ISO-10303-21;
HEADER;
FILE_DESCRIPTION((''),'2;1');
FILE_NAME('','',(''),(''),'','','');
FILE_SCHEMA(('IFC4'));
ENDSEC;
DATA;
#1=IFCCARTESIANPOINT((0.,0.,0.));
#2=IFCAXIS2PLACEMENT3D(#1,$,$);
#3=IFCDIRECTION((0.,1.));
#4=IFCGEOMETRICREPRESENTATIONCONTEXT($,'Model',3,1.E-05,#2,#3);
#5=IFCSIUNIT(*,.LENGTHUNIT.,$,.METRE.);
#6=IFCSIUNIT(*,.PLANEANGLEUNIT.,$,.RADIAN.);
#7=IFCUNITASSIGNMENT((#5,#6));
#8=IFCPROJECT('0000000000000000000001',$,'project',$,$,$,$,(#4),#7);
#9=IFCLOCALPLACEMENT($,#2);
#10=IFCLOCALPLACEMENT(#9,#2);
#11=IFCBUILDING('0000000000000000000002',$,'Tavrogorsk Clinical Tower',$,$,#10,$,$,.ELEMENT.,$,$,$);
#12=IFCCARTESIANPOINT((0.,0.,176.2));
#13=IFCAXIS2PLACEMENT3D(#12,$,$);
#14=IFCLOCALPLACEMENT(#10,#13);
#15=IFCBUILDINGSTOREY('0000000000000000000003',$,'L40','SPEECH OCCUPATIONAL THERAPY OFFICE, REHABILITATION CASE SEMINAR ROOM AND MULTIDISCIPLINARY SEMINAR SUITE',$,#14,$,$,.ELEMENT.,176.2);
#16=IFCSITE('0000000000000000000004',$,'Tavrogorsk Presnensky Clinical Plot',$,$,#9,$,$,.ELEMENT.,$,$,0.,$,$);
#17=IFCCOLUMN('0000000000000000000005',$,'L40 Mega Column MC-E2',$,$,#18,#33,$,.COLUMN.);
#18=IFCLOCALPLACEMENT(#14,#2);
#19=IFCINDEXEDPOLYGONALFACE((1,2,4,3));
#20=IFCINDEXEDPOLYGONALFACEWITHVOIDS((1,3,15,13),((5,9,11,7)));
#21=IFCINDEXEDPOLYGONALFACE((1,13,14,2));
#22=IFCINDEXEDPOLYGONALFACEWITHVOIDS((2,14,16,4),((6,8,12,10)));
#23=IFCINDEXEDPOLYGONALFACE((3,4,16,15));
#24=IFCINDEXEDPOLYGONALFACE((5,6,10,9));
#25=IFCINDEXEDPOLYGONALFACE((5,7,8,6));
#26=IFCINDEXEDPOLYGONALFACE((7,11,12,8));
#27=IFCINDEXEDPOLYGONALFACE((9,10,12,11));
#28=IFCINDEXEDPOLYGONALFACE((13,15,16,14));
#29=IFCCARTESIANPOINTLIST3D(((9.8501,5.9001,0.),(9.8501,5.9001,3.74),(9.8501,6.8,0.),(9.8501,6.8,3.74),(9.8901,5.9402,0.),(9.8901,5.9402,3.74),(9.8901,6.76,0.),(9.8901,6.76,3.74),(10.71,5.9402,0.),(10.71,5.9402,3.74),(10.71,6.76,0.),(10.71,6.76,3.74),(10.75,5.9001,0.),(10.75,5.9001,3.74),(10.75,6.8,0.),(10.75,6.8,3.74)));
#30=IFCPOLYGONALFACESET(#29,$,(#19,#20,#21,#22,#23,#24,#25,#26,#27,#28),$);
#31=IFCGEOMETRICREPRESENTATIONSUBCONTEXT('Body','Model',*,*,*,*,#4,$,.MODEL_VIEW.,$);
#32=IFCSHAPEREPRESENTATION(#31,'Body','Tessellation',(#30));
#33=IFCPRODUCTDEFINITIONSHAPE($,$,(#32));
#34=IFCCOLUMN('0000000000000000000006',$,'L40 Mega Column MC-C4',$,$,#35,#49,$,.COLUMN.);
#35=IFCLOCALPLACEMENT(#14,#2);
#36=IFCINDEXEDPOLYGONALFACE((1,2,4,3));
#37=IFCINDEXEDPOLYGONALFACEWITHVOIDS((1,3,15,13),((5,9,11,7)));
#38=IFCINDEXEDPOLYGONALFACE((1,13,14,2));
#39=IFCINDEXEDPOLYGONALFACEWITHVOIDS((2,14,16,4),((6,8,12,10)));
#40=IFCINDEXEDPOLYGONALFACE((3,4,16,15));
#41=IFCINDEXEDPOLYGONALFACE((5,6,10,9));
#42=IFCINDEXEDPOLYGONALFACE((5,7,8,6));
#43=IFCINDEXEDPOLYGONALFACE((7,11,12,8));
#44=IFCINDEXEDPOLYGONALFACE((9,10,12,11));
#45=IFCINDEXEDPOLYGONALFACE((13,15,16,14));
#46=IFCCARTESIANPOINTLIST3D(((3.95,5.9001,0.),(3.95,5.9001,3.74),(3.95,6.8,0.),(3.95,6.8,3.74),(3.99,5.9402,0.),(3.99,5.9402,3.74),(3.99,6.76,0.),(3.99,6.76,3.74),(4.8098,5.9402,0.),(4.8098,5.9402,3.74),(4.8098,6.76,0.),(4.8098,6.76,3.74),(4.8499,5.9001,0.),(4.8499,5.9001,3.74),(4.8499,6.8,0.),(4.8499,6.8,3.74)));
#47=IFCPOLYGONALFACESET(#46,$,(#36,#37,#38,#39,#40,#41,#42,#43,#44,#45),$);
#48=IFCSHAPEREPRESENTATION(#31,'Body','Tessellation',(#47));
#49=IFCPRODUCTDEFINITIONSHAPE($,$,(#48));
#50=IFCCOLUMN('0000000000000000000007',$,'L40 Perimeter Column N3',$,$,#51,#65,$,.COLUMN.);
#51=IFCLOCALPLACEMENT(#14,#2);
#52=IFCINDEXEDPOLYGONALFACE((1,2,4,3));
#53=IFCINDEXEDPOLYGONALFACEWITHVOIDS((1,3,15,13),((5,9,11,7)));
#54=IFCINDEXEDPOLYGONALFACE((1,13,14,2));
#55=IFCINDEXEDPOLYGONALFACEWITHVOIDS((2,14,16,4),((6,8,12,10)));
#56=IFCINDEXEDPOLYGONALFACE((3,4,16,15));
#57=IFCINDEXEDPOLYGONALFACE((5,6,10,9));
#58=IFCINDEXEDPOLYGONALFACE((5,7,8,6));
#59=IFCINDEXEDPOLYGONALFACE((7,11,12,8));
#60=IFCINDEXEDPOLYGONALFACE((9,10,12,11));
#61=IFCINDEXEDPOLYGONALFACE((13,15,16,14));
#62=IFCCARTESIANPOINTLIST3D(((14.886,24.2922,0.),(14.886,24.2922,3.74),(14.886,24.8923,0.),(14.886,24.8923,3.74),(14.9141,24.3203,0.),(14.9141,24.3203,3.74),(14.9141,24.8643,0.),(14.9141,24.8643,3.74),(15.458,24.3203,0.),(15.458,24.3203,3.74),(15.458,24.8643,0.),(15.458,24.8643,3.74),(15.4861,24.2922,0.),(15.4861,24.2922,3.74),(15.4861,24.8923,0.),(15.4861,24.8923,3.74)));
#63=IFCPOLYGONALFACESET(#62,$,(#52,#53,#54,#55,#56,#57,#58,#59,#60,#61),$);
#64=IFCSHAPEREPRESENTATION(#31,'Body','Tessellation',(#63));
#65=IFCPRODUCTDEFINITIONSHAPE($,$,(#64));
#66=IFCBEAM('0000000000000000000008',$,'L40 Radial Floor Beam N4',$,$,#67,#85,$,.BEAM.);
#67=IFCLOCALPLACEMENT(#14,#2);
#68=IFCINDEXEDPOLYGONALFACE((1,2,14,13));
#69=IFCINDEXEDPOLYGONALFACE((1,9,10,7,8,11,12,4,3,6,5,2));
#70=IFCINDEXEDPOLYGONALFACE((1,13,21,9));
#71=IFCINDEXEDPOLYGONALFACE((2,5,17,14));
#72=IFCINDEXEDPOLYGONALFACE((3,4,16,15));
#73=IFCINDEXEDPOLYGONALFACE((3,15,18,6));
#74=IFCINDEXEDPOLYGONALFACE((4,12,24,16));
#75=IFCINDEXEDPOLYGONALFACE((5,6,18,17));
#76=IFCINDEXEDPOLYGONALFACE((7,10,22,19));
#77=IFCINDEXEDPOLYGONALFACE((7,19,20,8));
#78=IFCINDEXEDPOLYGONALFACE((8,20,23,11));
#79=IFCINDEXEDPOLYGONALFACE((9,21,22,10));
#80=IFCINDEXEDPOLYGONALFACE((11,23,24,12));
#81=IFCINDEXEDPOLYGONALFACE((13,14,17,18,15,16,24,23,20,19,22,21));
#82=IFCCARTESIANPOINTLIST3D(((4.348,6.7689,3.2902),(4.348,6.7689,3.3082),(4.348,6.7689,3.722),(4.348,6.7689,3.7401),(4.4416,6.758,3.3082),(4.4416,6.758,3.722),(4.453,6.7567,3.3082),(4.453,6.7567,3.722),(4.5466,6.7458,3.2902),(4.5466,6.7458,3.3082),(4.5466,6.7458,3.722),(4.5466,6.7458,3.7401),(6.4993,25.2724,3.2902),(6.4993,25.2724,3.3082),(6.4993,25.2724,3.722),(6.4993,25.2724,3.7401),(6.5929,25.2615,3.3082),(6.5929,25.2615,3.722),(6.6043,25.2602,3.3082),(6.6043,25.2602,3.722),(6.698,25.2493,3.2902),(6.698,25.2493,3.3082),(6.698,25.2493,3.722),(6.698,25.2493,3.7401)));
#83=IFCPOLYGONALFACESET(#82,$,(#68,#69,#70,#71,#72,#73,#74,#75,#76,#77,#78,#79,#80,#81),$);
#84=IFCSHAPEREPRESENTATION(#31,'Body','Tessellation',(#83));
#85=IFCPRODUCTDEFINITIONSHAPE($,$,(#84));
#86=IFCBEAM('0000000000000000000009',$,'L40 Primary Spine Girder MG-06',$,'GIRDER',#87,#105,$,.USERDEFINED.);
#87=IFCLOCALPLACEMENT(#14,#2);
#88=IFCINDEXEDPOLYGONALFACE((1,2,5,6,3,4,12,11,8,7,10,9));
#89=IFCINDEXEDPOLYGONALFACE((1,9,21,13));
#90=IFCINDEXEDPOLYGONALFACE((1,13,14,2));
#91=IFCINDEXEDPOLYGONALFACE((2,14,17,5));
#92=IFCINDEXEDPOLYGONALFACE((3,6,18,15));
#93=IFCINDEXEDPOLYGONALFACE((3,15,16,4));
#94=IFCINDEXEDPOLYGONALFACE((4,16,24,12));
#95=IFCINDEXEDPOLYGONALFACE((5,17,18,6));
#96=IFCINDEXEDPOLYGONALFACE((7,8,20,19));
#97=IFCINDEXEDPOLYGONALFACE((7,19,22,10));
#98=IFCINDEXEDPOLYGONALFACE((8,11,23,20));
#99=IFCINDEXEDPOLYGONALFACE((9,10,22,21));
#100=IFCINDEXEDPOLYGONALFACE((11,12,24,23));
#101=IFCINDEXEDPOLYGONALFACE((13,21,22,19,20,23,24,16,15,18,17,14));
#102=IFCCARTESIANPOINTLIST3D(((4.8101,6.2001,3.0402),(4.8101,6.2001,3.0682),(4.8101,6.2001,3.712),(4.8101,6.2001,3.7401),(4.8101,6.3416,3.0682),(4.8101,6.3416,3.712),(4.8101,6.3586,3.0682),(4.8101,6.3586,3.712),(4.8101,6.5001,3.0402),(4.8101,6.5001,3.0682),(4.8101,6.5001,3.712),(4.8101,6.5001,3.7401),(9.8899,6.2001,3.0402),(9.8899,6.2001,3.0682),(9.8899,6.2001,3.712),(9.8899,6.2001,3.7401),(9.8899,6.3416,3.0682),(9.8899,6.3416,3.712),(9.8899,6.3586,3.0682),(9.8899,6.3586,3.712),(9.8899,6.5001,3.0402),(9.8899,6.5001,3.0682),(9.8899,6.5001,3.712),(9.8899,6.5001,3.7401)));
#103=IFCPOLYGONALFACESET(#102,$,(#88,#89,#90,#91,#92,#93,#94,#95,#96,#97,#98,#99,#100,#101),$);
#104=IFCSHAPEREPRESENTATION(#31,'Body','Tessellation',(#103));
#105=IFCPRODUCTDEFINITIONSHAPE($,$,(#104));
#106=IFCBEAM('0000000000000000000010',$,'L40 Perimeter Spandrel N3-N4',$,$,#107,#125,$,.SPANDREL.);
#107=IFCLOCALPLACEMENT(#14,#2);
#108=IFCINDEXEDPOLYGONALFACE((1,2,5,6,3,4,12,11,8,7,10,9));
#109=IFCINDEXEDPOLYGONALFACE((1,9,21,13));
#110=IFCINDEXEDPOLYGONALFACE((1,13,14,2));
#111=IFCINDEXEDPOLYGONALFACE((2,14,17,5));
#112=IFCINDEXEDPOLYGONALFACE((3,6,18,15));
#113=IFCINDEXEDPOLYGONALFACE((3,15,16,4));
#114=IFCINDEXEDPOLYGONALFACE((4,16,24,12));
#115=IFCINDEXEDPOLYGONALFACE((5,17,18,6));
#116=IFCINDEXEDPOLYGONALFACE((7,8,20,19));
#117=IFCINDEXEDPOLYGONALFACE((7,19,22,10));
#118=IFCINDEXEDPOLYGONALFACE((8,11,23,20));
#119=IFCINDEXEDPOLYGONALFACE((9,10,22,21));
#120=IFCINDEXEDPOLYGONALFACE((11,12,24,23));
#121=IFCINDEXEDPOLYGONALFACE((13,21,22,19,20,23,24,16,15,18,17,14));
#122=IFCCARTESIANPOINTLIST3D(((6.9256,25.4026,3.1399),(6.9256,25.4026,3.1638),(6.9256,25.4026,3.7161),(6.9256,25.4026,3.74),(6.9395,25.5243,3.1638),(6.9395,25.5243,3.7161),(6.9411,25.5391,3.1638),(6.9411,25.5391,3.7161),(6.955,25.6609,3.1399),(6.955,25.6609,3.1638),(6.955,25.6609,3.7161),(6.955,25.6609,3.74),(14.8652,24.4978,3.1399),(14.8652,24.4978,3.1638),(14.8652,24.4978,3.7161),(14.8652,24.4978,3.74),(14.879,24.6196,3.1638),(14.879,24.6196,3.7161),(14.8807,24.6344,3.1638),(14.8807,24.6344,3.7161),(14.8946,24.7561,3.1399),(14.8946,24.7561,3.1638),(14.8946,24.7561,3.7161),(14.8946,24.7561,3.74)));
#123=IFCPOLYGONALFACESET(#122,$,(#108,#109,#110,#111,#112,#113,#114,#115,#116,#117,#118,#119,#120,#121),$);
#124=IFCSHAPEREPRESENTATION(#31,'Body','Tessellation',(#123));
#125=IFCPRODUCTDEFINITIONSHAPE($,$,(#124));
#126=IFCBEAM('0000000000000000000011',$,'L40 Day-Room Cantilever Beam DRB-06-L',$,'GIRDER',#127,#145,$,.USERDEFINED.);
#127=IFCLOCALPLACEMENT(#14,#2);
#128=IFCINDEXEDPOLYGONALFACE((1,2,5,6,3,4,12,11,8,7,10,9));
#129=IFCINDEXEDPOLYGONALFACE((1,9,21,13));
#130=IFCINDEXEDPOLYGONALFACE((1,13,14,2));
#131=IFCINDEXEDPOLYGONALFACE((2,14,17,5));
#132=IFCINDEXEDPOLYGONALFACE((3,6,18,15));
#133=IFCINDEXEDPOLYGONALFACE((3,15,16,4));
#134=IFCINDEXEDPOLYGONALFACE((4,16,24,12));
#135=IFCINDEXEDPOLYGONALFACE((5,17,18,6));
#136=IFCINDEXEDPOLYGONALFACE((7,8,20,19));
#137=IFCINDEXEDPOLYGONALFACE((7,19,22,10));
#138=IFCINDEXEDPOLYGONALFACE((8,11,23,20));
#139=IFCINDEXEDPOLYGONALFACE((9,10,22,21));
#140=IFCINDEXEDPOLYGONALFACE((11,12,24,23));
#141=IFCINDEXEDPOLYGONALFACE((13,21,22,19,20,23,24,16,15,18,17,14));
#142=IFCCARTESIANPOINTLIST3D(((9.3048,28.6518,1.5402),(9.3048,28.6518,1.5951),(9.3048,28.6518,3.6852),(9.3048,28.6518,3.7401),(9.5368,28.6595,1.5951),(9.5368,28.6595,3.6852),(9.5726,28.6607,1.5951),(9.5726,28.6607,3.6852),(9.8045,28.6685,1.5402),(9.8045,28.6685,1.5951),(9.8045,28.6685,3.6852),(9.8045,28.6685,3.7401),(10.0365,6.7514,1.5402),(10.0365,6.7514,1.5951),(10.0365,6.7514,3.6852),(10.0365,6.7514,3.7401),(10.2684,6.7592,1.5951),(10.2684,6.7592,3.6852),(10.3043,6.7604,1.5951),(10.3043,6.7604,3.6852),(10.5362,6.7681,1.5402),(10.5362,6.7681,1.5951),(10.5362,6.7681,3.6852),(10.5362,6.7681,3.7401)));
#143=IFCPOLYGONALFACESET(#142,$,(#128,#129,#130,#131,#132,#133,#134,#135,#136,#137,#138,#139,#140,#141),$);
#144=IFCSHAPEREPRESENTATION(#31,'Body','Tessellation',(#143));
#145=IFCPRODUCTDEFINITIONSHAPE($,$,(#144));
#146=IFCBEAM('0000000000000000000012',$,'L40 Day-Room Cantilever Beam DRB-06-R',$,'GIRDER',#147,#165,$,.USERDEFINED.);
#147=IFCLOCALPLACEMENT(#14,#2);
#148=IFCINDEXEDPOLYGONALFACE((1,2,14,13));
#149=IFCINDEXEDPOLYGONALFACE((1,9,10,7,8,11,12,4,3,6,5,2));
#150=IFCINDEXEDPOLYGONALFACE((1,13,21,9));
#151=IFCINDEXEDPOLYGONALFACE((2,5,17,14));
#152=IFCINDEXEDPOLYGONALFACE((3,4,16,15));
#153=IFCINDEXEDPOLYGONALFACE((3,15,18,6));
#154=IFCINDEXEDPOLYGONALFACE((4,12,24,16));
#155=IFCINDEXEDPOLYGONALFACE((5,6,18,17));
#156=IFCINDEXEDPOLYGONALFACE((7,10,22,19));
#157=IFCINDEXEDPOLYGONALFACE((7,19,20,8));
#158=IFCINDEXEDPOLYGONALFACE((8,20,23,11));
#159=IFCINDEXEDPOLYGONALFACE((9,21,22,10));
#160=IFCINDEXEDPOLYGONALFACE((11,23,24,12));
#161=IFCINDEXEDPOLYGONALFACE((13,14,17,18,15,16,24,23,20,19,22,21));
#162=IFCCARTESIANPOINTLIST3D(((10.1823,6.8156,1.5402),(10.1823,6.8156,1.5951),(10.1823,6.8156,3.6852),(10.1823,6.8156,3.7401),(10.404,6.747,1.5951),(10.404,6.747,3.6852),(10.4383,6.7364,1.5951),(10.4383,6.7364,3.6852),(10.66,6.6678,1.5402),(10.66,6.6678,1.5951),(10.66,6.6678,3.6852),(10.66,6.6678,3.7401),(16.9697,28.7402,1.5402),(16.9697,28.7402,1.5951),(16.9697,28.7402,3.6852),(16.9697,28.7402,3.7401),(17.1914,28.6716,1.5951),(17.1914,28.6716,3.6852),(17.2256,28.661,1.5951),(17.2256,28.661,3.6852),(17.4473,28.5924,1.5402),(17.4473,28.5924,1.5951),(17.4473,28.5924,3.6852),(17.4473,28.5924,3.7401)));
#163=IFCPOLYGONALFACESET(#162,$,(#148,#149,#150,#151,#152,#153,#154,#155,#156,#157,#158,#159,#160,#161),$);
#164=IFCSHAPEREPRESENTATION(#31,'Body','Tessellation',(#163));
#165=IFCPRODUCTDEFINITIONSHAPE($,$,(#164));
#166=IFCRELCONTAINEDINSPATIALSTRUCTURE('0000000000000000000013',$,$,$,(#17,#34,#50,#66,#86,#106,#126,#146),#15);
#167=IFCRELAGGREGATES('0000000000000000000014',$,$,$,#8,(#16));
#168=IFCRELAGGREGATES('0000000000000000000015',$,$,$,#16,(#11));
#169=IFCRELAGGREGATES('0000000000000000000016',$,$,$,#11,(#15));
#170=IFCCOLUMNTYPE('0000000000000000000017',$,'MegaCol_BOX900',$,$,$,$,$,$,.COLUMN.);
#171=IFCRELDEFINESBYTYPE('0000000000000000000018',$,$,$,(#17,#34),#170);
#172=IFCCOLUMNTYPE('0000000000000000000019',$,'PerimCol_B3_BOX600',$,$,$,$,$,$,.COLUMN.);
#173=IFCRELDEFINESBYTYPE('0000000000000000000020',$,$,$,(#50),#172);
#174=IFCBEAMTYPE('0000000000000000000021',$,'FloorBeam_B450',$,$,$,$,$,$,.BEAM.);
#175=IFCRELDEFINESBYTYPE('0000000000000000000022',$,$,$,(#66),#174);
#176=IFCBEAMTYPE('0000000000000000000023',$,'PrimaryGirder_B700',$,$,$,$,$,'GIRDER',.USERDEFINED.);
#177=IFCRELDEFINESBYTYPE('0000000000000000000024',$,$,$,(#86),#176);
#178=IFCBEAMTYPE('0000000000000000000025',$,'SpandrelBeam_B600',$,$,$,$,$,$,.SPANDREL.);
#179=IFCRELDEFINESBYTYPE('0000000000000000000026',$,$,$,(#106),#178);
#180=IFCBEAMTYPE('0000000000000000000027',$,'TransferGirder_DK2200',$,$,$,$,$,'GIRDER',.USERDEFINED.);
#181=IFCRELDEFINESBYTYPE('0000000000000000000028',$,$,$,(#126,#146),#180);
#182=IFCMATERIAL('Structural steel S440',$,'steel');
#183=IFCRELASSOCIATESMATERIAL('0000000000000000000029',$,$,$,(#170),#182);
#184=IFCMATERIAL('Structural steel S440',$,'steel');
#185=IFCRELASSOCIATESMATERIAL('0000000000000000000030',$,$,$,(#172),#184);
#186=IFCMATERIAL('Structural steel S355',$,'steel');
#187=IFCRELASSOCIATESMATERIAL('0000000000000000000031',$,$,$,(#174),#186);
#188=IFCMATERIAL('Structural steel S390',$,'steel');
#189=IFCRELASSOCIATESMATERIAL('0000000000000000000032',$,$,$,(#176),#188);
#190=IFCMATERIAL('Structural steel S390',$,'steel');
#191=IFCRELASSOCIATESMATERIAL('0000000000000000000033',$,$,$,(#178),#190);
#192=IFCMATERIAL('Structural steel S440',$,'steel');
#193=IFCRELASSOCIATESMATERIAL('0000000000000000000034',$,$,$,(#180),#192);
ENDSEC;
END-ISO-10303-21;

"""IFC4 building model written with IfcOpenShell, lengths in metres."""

from ifc_helpers import new_model, si_unit, direction, frame, origin, origin_2d, place, context, subcontext, project, spatial, hollow_rectangle, i_section, extrude, material, material_profile, profile_set, type_object, element, save


model = new_model("IFC4")

# Units and contexts
model_context = context("Model", 3, precision=1e-05, world=origin(), true_north=direction((0.0, 1.0)))
body_context = subcontext(model_context, "Body", "Model", "MODEL_VIEW")
ifc_project = project(units=[si_unit("LENGTHUNIT", "METRE"), si_unit("PLANEANGLEUNIT", "RADIAN")], contexts=[model_context])

# Site, building, storey
site_placement = place(None, origin())
site = spatial("IfcSite", under=ifc_project, at=site_placement, Name="Tavrogorsk Presnensky Clinical Plot", CompositionType="ELEMENT", RefElevation=0.0)
building_placement = place(site_placement, origin())
building = spatial("IfcBuilding", under=site, at=building_placement, Name="Tavrogorsk Clinical Tower", CompositionType="ELEMENT")
storey_placement = place(building_placement, frame((0.0, 0.0, 176.2)))
storey = spatial("IfcBuildingStorey", under=building, at=storey_placement, Name="L40", Description="SPEECH OCCUPATIONAL THERAPY OFFICE, REHABILITATION CASE SEMINAR ROOM AND MULTIDISCIPLINARY SEMINAR SUITE", CompositionType="ELEMENT", Elevation=176.2)

# Columns
ifc_material_1 = material(Name="Structural steel S440", Category="steel")
ifc_material_profile_1 = material_profile(ifc_material_1, hollow_rectangle(XDim=0.8999, YDim=0.8999, WallThickness=0.04, at=origin_2d()), Name="BOX-900x900x40")
ifc_profile_set_1 = profile_set([ifc_material_profile_1], Name="Structural steel S440")
column_type_1 = type_object("IfcColumnType", Name="MegaCol_BOX900", PredefinedType="COLUMN", material=ifc_profile_set_1)
for number, where, z_axis, x_axis, name in (
    (1, (10.3, 6.3501, 0.0), (0.0, 0.0, 1.0), (1.0, 0.0, 0.0), "L40 Mega Column MC-E2"),
    (2, (4.3999, 6.3501, 0.0), (0.0, 0.0, 1.0), (1.0, 0.0, 0.0), "L40 Mega Column MC-C4"),
):
    element("IfcColumn", number, at=place(storey_placement, frame(where, z_axis=z_axis, x_axis=x_axis)), inside=storey, type_object=column_type_1, Name=name, PredefinedType="COLUMN", context=body_context, shape_type="SweptSolid", body=[
        extrude(hollow_rectangle(XDim=0.8999, YDim=0.8999, WallThickness=0.04, at=origin_2d()), origin(), (0.0, 0.0, 1.0), 3.74),
    ])
ifc_material_2 = material(Name="Structural steel S440", Category="steel")
ifc_material_profile_2 = material_profile(ifc_material_2, hollow_rectangle(XDim=0.6001, YDim=0.6001, WallThickness=0.0281, at=origin_2d()), Name="BOX-600x600x28")
ifc_profile_set_2 = profile_set([ifc_material_profile_2], Name="Structural steel S440")
column_type_2 = type_object("IfcColumnType", Name="PerimCol_B3_BOX600", PredefinedType="COLUMN", material=ifc_profile_set_2)
column_placement = place(storey_placement, frame((15.186, 24.5923, 0.0), z_axis=(0.0, 0.0, 1.0), x_axis=(1.0, 0.0, 0.0)))
element("IfcColumn", 3, at=column_placement, inside=storey, type_object=column_type_2, Name="L40 Perimeter Column N3", PredefinedType="COLUMN", context=body_context, shape_type="SweptSolid", body=[
    extrude(hollow_rectangle(XDim=0.6001, YDim=0.6001, WallThickness=0.0281, at=origin_2d()), origin(), (0.0, 0.0, 1.0), 3.74),
])

# Beams
ifc_material_3 = material(Name="Structural steel S355", Category="steel")
ifc_material_profile_3 = material_profile(ifc_material_3, i_section(OverallWidth=0.2, OverallDepth=0.45, WebThickness=0.0115, FlangeThickness=0.0181, at=origin_2d()), Name="B-450x200x11.5x18")
ifc_profile_set_3 = profile_set([ifc_material_profile_3], Name="Structural steel S355")
beam_type_1 = type_object("IfcBeamType", Name="FloorBeam_B450", PredefinedType="BEAM", material=ifc_profile_set_3)
beam_1_placement = place(storey_placement, frame((4.4473, 6.7573, 3.5151), z_axis=(0.115491, 0.993309, 0.0), x_axis=(-0.993309, 0.115491, 0.0)))
element("IfcBeam", 4, at=beam_1_placement, inside=storey, type_object=beam_type_1, Name="L40 Radial Floor Beam N4", PredefinedType="BEAM", context=body_context, shape_type="SweptSolid", body=[
    extrude(i_section(OverallWidth=0.2, OverallDepth=0.45, WebThickness=0.0115, FlangeThickness=0.0181, at=origin_2d()), origin(), (0.0, 0.0, 1.0), 18.6282),
])
ifc_material_4 = material(Name="Structural steel S390", Category="steel")
ifc_material_profile_4 = material_profile(ifc_material_4, i_section(OverallWidth=0.3, OverallDepth=0.7, WebThickness=0.0171, FlangeThickness=0.0281, at=origin_2d()), Name="B-700x300x17x28")
ifc_profile_set_4 = profile_set([ifc_material_profile_4], Name="Structural steel S390")
beam_type_2 = type_object("IfcBeamType", Name="PrimaryGirder_B700", ElementType="GIRDER", PredefinedType="USERDEFINED", material=ifc_profile_set_4)
beam_2_placement = place(storey_placement, frame((4.8101, 6.3501, 3.3901), z_axis=(1.0, 0.0, 0.0), x_axis=(0.0, 1.0, 0.0)))
element("IfcBeam", 5, at=beam_2_placement, inside=storey, type_object=beam_type_2, Name="L40 Primary Spine Girder MG-06", ObjectType="GIRDER", PredefinedType="USERDEFINED", context=body_context, shape_type="SweptSolid", body=[
    extrude(i_section(OverallWidth=0.3, OverallDepth=0.7, WebThickness=0.0171, FlangeThickness=0.0281, at=origin_2d()), origin(), (0.0, 0.0, 1.0), 5.0798),
])
ifc_material_5 = material(Name="Structural steel S390", Category="steel")
ifc_material_profile_5 = material_profile(ifc_material_5, i_section(OverallWidth=0.26, OverallDepth=0.6001, WebThickness=0.0149, FlangeThickness=0.0239, at=origin_2d()), Name="B-600x260x15x24")
ifc_profile_set_5 = profile_set([ifc_material_profile_5], Name="Structural steel S390")
beam_type_3 = type_object("IfcBeamType", Name="SpandrelBeam_B600", PredefinedType="SPANDREL", material=ifc_profile_set_5)
beam_3_placement = place(storey_placement, frame((14.8799, 24.627, 3.4399), z_axis=(-0.993569, 0.113224, 0.0), x_axis=(-0.113224, -0.993569, 0.0)))
element("IfcBeam", 6, at=beam_3_placement, inside=storey, type_object=beam_type_3, Name="L40 Perimeter Spandrel N3-N4", PredefinedType="SPANDREL", context=body_context, shape_type="SweptSolid", body=[
    extrude(i_section(OverallWidth=0.26, OverallDepth=0.6001, WebThickness=0.0149, FlangeThickness=0.0239, at=origin_2d()), origin(), (0.0, 0.0, 1.0), 7.991),
])
ifc_material_6 = material(Name="Structural steel S440", Category="steel")
ifc_material_profile_6 = material_profile(ifc_material_6, i_section(OverallWidth=0.5, OverallDepth=2.2, WebThickness=0.0359, FlangeThickness=0.0549, at=origin_2d()), Name="DK-2200x500x36x55")
ifc_profile_set_6 = profile_set([ifc_material_profile_6], Name="Structural steel S440")
beam_type_4 = type_object("IfcBeamType", Name="TransferGirder_DK2200", ElementType="GIRDER", PredefinedType="USERDEFINED", material=ifc_profile_set_6)
beam_4_placement = place(storey_placement, frame((10.2864, 6.7598, 2.6401), z_axis=(-0.033391, 0.999442, 0.0), x_axis=(-0.999442, -0.033391, 0.0)))
element("IfcBeam", 7, at=beam_4_placement, inside=storey, type_object=beam_type_4, Name="L40 Day-Room Cantilever Beam DRB-06-L", ObjectType="GIRDER", PredefinedType="USERDEFINED", context=body_context, shape_type="SweptSolid", body=[
    extrude(i_section(OverallWidth=0.5, OverallDepth=2.2, WebThickness=0.0359, FlangeThickness=0.0549, at=origin_2d()), origin(), (0.0, 0.0, 1.0), 21.9126),
])
beam_5_placement = place(storey_placement, frame((10.4211, 6.7417, 2.6401), z_axis=(0.295731, 0.955271, 0.0), x_axis=(-0.955271, 0.295731, 0.0)))
element("IfcBeam", 8, at=beam_5_placement, inside=storey, type_object=beam_type_4, Name="L40 Day-Room Cantilever Beam DRB-06-R", ObjectType="GIRDER", PredefinedType="USERDEFINED", context=body_context, shape_type="SweptSolid", body=[
    extrude(i_section(OverallWidth=0.5, OverallDepth=2.2, WebThickness=0.0359, FlangeThickness=0.0549, at=origin_2d()), origin(), (0.0, 0.0, 1.0), 22.9512),
])

save(model, "model.ifc")
